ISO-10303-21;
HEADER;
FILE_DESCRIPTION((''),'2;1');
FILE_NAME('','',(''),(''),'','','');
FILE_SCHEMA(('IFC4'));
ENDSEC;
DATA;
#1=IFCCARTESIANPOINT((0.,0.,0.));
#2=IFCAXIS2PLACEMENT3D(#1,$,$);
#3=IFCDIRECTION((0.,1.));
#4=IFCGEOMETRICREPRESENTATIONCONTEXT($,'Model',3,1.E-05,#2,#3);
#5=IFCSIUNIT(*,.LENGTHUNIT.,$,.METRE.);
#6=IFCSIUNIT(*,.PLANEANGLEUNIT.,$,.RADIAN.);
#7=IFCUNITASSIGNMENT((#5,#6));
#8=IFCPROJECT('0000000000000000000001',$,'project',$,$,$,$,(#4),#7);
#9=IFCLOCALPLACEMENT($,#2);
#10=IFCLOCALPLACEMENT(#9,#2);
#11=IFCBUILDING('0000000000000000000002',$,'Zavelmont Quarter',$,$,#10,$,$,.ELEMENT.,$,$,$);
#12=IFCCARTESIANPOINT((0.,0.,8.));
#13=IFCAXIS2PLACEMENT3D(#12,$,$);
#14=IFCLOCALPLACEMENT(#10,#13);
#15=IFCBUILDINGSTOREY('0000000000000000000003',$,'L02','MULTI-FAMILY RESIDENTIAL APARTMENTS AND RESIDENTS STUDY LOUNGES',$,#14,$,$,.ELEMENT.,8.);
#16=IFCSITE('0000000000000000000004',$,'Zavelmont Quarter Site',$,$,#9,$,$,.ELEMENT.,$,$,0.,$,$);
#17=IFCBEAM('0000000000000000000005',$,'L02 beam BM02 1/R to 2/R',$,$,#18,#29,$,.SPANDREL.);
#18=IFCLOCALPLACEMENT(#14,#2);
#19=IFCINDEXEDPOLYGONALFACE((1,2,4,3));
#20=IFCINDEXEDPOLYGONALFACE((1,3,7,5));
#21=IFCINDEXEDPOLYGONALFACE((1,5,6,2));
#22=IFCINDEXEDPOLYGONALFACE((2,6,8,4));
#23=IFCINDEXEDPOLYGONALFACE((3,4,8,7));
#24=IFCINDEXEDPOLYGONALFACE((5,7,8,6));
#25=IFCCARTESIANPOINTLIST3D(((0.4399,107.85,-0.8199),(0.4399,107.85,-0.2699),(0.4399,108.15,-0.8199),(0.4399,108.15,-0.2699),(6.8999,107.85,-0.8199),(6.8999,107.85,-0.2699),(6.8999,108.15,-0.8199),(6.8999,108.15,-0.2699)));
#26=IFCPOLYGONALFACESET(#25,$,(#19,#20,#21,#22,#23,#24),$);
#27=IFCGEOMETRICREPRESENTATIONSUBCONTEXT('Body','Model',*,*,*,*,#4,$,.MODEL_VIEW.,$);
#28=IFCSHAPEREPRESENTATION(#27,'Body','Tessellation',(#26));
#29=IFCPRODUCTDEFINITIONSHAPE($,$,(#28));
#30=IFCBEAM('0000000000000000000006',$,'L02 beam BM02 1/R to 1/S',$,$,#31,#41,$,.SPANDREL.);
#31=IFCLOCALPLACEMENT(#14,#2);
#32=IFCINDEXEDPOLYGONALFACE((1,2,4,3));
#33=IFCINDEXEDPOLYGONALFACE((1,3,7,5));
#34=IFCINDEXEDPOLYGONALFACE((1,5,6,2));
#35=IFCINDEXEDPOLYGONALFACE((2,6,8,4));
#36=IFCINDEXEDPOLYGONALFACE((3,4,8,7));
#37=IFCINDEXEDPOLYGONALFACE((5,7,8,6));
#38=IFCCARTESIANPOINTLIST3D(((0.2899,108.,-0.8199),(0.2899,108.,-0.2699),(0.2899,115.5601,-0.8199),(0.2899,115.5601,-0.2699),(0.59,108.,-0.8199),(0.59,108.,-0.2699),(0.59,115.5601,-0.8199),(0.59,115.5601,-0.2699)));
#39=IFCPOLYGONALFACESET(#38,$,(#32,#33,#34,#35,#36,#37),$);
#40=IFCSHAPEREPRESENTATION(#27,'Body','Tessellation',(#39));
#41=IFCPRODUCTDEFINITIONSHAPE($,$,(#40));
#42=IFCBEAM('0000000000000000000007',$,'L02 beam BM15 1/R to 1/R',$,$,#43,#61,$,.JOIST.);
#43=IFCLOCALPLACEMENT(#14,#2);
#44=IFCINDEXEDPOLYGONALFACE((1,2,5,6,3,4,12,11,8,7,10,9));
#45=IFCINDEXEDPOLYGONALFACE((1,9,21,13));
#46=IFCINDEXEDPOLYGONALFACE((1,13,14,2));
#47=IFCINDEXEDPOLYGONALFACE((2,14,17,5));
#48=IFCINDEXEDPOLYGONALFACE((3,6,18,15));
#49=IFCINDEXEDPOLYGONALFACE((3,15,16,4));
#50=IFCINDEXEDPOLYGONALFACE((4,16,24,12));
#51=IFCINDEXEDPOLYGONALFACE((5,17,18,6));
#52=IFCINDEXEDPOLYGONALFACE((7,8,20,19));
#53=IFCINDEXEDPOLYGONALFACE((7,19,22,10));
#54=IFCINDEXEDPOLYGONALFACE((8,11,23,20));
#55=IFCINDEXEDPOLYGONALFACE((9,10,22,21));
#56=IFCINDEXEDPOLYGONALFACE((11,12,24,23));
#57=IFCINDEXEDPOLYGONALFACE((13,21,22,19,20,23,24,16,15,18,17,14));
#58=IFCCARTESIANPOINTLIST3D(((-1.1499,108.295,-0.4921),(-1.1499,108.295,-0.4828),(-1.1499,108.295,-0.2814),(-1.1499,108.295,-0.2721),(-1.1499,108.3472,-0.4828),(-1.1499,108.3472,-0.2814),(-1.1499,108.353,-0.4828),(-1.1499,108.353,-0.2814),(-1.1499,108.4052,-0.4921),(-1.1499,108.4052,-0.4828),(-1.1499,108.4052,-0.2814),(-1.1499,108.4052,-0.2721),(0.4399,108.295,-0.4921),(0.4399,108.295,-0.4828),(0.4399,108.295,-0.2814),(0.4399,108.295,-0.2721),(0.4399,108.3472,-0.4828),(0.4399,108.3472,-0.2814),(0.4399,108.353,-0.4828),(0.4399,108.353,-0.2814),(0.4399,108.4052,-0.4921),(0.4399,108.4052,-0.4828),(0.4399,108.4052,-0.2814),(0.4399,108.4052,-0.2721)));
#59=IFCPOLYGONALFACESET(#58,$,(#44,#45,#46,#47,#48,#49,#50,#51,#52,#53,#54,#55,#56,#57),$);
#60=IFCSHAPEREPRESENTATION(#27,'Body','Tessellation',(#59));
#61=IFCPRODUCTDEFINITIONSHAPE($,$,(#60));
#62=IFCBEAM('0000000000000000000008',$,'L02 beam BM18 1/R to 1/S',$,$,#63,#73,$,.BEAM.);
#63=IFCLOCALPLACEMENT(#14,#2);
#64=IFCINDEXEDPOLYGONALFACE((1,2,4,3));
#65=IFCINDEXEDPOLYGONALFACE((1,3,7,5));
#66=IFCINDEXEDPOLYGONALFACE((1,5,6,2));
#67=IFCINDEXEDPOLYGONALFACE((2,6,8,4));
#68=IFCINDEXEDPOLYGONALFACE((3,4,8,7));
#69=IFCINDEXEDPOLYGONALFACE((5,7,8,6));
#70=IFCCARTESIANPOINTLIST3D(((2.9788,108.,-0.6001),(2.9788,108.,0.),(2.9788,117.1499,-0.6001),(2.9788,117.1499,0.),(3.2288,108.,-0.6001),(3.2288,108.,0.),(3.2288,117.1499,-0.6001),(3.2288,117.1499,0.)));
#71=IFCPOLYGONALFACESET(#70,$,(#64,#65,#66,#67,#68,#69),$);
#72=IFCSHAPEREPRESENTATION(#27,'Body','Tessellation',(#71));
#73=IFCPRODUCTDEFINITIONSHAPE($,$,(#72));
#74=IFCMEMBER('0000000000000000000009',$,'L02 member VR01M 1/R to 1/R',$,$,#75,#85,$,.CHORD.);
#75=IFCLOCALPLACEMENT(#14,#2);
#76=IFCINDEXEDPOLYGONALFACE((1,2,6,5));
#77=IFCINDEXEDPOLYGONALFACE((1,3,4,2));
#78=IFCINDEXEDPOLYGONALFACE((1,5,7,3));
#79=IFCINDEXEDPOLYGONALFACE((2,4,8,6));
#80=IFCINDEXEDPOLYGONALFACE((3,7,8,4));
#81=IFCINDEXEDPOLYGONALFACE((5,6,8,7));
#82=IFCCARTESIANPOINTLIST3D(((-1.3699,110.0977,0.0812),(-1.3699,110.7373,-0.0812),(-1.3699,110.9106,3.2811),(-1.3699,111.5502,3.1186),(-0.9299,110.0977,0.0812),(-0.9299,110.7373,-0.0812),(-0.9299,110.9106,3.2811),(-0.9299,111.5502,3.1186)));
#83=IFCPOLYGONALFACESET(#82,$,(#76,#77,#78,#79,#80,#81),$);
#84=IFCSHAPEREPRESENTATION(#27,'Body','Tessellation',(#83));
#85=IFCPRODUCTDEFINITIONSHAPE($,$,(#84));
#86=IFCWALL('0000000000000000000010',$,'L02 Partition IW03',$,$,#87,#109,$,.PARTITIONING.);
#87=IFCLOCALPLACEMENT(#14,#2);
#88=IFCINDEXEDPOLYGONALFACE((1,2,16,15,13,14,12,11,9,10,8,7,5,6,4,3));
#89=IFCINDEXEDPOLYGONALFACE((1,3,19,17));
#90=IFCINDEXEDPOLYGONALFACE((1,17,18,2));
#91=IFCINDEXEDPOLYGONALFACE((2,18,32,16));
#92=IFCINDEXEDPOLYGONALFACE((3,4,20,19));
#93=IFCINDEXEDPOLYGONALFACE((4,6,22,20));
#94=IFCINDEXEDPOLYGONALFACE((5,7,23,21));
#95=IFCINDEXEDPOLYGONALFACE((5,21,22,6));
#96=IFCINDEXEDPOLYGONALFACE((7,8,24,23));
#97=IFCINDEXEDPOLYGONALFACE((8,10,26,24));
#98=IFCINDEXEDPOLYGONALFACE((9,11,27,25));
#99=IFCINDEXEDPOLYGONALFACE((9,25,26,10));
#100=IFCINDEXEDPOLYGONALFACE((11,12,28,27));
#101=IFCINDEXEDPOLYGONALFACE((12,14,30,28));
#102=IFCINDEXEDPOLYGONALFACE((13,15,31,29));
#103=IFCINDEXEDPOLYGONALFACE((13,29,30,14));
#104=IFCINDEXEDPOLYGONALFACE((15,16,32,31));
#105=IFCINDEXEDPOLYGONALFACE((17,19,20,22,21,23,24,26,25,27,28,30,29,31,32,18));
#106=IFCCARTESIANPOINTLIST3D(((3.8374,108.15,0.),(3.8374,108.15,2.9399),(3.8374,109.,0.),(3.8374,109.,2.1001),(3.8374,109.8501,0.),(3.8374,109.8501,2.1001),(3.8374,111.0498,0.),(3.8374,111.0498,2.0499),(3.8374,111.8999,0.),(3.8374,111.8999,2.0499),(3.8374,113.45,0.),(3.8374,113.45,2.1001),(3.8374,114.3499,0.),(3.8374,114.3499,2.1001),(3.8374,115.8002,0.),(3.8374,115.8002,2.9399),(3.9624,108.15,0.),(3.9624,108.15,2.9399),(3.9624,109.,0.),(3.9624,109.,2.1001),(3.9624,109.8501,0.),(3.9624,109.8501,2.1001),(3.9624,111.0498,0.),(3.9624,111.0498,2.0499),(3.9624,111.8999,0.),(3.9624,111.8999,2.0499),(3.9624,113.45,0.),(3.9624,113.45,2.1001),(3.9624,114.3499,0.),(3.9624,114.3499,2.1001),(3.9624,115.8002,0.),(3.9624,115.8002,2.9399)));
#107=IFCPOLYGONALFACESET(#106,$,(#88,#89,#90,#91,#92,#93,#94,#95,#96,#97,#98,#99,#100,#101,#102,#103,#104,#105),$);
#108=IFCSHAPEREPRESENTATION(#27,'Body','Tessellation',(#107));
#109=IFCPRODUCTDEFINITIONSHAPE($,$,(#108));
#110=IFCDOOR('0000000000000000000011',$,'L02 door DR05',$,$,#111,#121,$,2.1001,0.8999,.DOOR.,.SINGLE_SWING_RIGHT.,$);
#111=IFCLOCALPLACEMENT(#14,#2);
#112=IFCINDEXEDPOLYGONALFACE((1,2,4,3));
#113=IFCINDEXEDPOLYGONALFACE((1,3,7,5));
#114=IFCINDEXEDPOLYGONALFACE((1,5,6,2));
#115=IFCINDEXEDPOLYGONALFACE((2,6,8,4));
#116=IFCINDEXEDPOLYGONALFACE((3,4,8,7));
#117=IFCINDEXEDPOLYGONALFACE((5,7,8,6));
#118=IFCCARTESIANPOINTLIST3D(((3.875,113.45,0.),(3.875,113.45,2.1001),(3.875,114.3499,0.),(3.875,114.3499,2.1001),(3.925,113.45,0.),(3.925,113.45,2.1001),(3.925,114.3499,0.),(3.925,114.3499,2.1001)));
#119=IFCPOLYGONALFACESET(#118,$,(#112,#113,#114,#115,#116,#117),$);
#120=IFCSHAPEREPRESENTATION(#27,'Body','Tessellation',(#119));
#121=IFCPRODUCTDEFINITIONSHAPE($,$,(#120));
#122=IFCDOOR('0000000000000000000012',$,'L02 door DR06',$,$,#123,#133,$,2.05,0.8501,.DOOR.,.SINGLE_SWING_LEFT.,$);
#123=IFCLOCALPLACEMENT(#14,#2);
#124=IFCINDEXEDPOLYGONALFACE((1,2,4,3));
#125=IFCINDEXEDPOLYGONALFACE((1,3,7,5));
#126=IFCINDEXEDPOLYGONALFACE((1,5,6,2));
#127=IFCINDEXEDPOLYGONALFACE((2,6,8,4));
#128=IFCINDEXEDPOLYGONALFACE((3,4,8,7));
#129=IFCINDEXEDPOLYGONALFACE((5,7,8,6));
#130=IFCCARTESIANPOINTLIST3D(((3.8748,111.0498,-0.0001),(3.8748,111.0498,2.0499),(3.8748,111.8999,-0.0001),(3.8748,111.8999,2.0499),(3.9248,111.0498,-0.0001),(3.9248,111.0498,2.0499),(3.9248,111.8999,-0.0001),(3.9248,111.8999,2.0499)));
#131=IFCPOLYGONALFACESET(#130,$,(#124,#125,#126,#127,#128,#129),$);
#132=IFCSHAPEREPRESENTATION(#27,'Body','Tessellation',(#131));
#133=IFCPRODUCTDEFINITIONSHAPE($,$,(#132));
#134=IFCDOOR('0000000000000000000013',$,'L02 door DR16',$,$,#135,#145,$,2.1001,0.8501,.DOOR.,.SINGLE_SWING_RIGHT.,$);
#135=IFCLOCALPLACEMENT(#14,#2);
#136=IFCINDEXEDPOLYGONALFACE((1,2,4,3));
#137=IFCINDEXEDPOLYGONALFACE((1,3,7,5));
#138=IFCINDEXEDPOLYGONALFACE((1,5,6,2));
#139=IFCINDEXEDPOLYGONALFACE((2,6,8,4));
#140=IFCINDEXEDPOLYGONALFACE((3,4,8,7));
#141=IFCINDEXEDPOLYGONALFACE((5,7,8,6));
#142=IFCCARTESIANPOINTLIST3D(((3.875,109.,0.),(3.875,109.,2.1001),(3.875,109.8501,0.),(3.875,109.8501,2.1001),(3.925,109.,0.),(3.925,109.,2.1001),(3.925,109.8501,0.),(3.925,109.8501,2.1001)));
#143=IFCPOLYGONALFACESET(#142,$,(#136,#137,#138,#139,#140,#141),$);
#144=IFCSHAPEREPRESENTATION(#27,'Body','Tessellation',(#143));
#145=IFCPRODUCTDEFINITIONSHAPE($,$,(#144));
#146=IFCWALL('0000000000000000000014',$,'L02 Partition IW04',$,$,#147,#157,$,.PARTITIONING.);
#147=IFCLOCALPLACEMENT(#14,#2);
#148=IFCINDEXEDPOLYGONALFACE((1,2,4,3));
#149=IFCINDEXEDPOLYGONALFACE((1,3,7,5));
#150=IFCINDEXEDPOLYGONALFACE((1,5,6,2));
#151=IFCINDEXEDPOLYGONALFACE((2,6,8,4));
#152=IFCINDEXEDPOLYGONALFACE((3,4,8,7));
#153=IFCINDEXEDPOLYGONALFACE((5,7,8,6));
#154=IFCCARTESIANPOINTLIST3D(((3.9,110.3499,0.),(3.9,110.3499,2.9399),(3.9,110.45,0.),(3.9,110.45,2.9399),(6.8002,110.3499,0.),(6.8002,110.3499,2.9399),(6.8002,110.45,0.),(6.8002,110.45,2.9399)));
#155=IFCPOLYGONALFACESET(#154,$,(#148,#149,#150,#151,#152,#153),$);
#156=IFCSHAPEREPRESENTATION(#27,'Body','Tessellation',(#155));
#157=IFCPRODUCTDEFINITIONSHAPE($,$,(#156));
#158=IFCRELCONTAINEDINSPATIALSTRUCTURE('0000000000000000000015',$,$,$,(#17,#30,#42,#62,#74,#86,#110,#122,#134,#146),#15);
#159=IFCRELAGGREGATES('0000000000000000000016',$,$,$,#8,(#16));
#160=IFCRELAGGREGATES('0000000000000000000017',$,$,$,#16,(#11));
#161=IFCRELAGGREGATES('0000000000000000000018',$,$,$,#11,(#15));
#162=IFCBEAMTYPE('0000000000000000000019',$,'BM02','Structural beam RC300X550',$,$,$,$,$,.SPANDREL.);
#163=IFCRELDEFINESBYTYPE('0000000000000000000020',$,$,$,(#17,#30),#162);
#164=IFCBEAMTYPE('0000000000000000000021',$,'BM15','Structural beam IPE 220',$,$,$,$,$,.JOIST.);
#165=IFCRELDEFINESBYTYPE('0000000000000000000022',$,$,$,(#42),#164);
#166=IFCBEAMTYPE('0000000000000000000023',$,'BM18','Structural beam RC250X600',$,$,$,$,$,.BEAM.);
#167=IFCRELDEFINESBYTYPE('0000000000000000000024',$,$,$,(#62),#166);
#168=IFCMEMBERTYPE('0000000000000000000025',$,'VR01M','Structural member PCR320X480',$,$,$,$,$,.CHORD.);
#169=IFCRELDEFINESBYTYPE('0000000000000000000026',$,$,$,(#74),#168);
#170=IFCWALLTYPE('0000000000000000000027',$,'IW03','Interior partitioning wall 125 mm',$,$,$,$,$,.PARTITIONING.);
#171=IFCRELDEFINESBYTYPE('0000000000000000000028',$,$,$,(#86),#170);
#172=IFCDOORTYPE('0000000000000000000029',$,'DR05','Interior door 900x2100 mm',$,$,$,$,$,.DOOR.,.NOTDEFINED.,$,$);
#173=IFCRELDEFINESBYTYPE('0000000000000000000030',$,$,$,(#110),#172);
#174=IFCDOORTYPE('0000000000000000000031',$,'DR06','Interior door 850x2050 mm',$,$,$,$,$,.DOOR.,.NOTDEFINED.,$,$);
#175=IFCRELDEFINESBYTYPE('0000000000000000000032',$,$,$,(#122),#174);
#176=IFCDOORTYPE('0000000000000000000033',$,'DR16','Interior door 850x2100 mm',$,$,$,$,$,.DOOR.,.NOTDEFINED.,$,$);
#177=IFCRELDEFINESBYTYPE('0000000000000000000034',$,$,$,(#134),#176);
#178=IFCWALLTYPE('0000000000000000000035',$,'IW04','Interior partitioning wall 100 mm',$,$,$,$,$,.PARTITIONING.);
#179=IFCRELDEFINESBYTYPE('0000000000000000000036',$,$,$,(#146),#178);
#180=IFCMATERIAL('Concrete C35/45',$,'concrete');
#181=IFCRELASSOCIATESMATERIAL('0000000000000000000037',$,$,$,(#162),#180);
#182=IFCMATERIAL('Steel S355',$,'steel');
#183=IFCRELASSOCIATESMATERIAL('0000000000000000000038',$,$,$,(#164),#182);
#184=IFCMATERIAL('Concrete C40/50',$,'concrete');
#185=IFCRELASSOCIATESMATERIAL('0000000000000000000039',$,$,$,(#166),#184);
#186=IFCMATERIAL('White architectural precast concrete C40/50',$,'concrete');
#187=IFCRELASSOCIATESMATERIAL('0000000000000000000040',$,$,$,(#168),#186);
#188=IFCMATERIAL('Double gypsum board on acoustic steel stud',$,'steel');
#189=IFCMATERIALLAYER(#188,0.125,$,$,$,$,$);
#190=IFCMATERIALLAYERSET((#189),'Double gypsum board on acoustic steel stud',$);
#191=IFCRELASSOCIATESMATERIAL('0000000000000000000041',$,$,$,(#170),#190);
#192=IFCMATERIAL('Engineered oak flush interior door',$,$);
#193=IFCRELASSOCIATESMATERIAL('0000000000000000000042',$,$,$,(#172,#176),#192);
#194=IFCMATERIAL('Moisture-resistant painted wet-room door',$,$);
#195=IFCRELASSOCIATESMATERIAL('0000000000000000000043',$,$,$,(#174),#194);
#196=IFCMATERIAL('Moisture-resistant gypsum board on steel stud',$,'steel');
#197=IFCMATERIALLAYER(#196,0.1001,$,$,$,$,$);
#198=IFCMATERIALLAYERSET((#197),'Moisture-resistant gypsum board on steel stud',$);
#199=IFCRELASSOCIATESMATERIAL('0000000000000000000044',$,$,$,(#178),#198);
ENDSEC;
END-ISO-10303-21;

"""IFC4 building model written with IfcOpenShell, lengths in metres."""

from ifc_helpers import new_model, si_unit, direction, frame, frame_2d, origin, origin_with_axes, origin_2d, place, context, subcontext, project, spatial, rectangle, i_section, extrude, material, layer, layer_set, material_profile, profile_set, type_object, element, fill, save


model = new_model("IFC4")

# Units and contexts
model_context = context("Model", 3, precision=1e-05, world=origin(), true_north=direction((0.0, 1.0)))
body_context = subcontext(model_context, "Body", "Model", "MODEL_VIEW")
ifc_project = project(units=[si_unit("LENGTHUNIT", "METRE"), si_unit("PLANEANGLEUNIT", "RADIAN")], contexts=[model_context])

# Site, building, storey
site_placement = place(None, origin())
site = spatial("IfcSite", under=ifc_project, at=site_placement, Name="Zavelmont Quarter Site", CompositionType="ELEMENT", RefElevation=0.0)
building_placement = place(site_placement, origin())
building = spatial("IfcBuilding", under=site, at=building_placement, Name="Zavelmont Quarter", CompositionType="ELEMENT")
storey_placement = place(building_placement, frame((0.0, 0.0, 8.0)))
storey = spatial("IfcBuildingStorey", under=building, at=storey_placement, Name="L02", Description="MULTI-FAMILY RESIDENTIAL APARTMENTS AND RESIDENTS STUDY LOUNGES", CompositionType="ELEMENT", Elevation=8.0)

# Beams
ifc_material_1 = material(Name="Concrete C35/45", Category="concrete")
ifc_material_profile_1 = material_profile(ifc_material_1, rectangle(XDim=0.3, YDim=0.55, at=origin_2d()), Name="RC300X550")
ifc_profile_set_1 = profile_set([ifc_material_profile_1], Name="Concrete C35/45")
beam_type_1 = type_object("IfcBeamType", Name="BM02", Description="Structural beam RC300X550", PredefinedType="SPANDREL", material=ifc_profile_set_1)
beam_1_placement = place(storey_placement, frame((0.4399, 108.0, -0.5449), z_axis=(1.0, 0.0, 0.0), x_axis=(0.0, 1.0, 0.0)))
element("IfcBeam", 1, at=beam_1_placement, inside=storey, type_object=beam_type_1, Name="L02 beam BM02 1/R to 2/R", PredefinedType="SPANDREL", context=body_context, shape_type="SweptSolid", body=[
    extrude(rectangle(XDim=0.3, YDim=0.55, at=origin_2d()), origin(), (0.0, 0.0, 1.0), 6.46),
])
beam_2_placement = place(storey_placement, frame((0.4399, 108.0, -0.5449), z_axis=(0.0, 1.0, 0.0), x_axis=(-1.0, 0.0, 0.0)))
element("IfcBeam", 2, at=beam_2_placement, inside=storey, type_object=beam_type_1, Name="L02 beam BM02 1/R to 1/S", PredefinedType="SPANDREL", context=body_context, shape_type="SweptSolid", body=[
    extrude(rectangle(XDim=0.3, YDim=0.55, at=origin_2d()), origin(), (0.0, 0.0, 1.0), 7.5601),
])
ifc_material_2 = material(Name="Steel S355", Category="steel")
ifc_material_profile_2 = material_profile(ifc_material_2, i_section(OverallWidth=0.1101, OverallDepth=0.22, WebThickness=0.0059, FlangeThickness=0.0093, at=origin_2d()), Name="IPE 220")
ifc_profile_set_2 = profile_set([ifc_material_profile_2], Name="Steel S355")
beam_type_2 = type_object("IfcBeamType", Name="BM15", Description="Structural beam IPE 220", PredefinedType="JOIST", material=ifc_profile_set_2)
beam_3_placement = place(storey_placement, frame((0.4399, 108.3501, -0.3821), z_axis=(-1.0, 0.0, 0.0), x_axis=(0.0, -1.0, 0.0)))
element("IfcBeam", 3, at=beam_3_placement, inside=storey, type_object=beam_type_2, Name="L02 beam BM15 1/R to 1/R", PredefinedType="JOIST", context=body_context, shape_type="SweptSolid", body=[
    extrude(i_section(OverallWidth=0.1101, OverallDepth=0.22, WebThickness=0.0059, FlangeThickness=0.0093, at=origin_2d()), origin(), (0.0, 0.0, 1.0), 1.5898),
])
ifc_material_3 = material(Name="Concrete C40/50", Category="concrete")
ifc_material_profile_3 = material_profile(ifc_material_3, rectangle(XDim=0.25, YDim=0.6001, at=origin_2d()), Name="RC250X600")
ifc_profile_set_3 = profile_set([ifc_material_profile_3], Name="Concrete C40/50")
beam_type_3 = type_object("IfcBeamType", Name="BM18", Description="Structural beam RC250X600", PredefinedType="BEAM", material=ifc_profile_set_3)
beam_4_placement = place(storey_placement, frame((3.1038, 108.0, -0.3), z_axis=(0.0, 1.0, 0.0), x_axis=(-1.0, 0.0, 0.0)))
element("IfcBeam", 4, at=beam_4_placement, inside=storey, type_object=beam_type_3, Name="L02 beam BM18 1/R to 1/S", PredefinedType="BEAM", context=body_context, shape_type="SweptSolid", body=[
    extrude(rectangle(XDim=0.25, YDim=0.6001, at=origin_2d()), origin(), (0.0, 0.0, 1.0), 9.1499),
])

# Member
ifc_material_4 = material(Name="White architectural precast concrete C40/50", Category="concrete")
ifc_material_profile_4 = material_profile(ifc_material_4, rectangle(XDim=0.4399, YDim=0.6599, at=origin_2d()), Name="PCR320X480")
ifc_profile_set_4 = profile_set([ifc_material_profile_4], Name="White architectural precast concrete C40/50")
member_type = type_object("IfcMemberType", Name="VR01M", Description="Structural member PCR320X480", PredefinedType="CHORD", material=ifc_profile_set_4)
member_placement = place(storey_placement, frame((-1.1499, 110.4175, 0.0), z_axis=(0.0, 0.24624, 0.969209), x_axis=(-1.0, 0.0, 0.0)))
element("IfcMember", 5, at=member_placement, inside=storey, type_object=member_type, Name="L02 member VR01M 1/R to 1/R", PredefinedType="CHORD", context=body_context, shape_type="SweptSolid", body=[
    extrude(rectangle(XDim=0.4399, YDim=0.6599, at=origin_2d()), origin(), (0.0, 0.0, 1.0), 3.3015),
])

# Wall, openings, doors
ifc_material_5 = material(Name="Double gypsum board on acoustic steel stud", Category="steel")
ifc_layer_1 = layer(ifc_material_5, 0.125)
ifc_layer_set_1 = layer_set([ifc_layer_1], Name="Double gypsum board on acoustic steel stud")
wall_type_1 = type_object("IfcWallType", Name="IW03", Description="Interior partitioning wall 125 mm", PredefinedType="PARTITIONING", material=ifc_layer_set_1)
wall_1_placement = place(storey_placement, frame((3.8999, 108.1499, 0.0), z_axis=(0.0, 0.0, 1.0), x_axis=(0.0, 1.0, 0.0)))
wall_1 = element("IfcWall", 6, at=wall_1_placement, inside=storey, type_object=wall_type_1, Name="L02 Partition IW03", PredefinedType="PARTITIONING", context=body_context, shape_type="SweptSolid", body=[
    extrude(rectangle(XDim=7.6501, YDim=0.125, at=frame_2d((3.8252, 0.0))), origin(), (0.0, 0.0, 1.0), 2.9399),
])
opening_1_placement = place(wall_1_placement, frame((0.8501, 0.0, 0.0)))
opening_1 = element("IfcOpeningElement", 7, at=opening_1_placement, cuts=wall_1, PredefinedType="OPENING", context=body_context, shape_type="SweptSolid", body=[
    extrude(rectangle(XDim=0.8501, YDim=2.1001, at=frame_2d((0.425, 1.05))), frame((0.0, 0.0745, 0.0), z_axis=(0.0, -1.0, 0.0), x_axis=(1.0, 0.0, 0.0)), (0.0, 0.0, 1.0), 0.1489),
])
opening_2_placement = place(wall_1_placement, frame((2.8999, 0.0, 0.0)))
opening_2 = element("IfcOpeningElement", 8, at=opening_2_placement, cuts=wall_1, PredefinedType="OPENING", context=body_context, shape_type="SweptSolid", body=[
    extrude(rectangle(XDim=0.8501, YDim=2.05, at=frame_2d((0.425, 1.0249))), frame((0.0, 0.0745, 0.0), z_axis=(0.0, -1.0, 0.0), x_axis=(1.0, 0.0, 0.0)), (0.0, 0.0, 1.0), 0.1489),
])
opening_3_placement = place(wall_1_placement, frame((5.3, 0.0, 0.0)))
opening_3 = element("IfcOpeningElement", 9, at=opening_3_placement, cuts=wall_1, PredefinedType="OPENING", context=body_context, shape_type="SweptSolid", body=[
    extrude(rectangle(XDim=0.8999, YDim=2.1001, at=frame_2d((0.45, 1.05))), frame((0.0, 0.0745, 0.0), z_axis=(0.0, -1.0, 0.0), x_axis=(1.0, 0.0, 0.0)), (0.0, 0.0, 1.0), 0.1489),
])
ifc_material_6 = material(Name="Engineered oak flush interior door")
door_type_1 = type_object("IfcDoorType", Name="DR05", Description="Interior door 900x2100 mm", OperationType="NOTDEFINED", PredefinedType="DOOR", material=ifc_material_6)
door_1_placement = place(opening_3_placement, origin_with_axes())
door_1 = element("IfcDoor", 10, at=door_1_placement, inside=storey, type_object=door_type_1, Name="L02 door DR05", OperationType="SINGLE_SWING_RIGHT", OverallHeight=2.1001, OverallWidth=0.8999, PredefinedType="DOOR", context=body_context, shape_type="SweptSolid", body=[
    extrude(rectangle(XDim=0.8999, YDim=2.1001, at=frame_2d((0.45, 1.05))), frame((0.0, 0.0249, 0.0), z_axis=(0.0, -1.0, 0.0), x_axis=(1.0, 0.0, 0.0)), (0.0, 0.0, 1.0), 0.05),
])
fill(opening_3, door_1)
ifc_material_7 = material(Name="Moisture-resistant painted wet-room door")
door_type_2 = type_object("IfcDoorType", Name="DR06", Description="Interior door 850x2050 mm", OperationType="NOTDEFINED", PredefinedType="DOOR", material=ifc_material_7)
door_2_placement = place(opening_2_placement, frame((0.8501, 0.0, 0.0), z_axis=(0.0, 0.0, 1.0), x_axis=(-1.0, 0.0, 0.0)))
door_2 = element("IfcDoor", 11, at=door_2_placement, inside=storey, type_object=door_type_2, Name="L02 door DR06", OperationType="SINGLE_SWING_LEFT", OverallHeight=2.05, OverallWidth=0.8501, PredefinedType="DOOR", context=body_context, shape_type="SweptSolid", body=[
    extrude(rectangle(XDim=0.8501, YDim=2.05, at=frame_2d((0.425, 1.0249))), frame((0.0, 0.0249, 0.0), z_axis=(0.0, -1.0, 0.0), x_axis=(1.0, 0.0, 0.0)), (0.0, 0.0, 1.0), 0.05),
])
fill(opening_2, door_2)
door_type_3 = type_object("IfcDoorType", Name="DR16", Description="Interior door 850x2100 mm", OperationType="NOTDEFINED", PredefinedType="DOOR", material=ifc_material_6)
door_3_placement = place(opening_1_placement, origin_with_axes())
door_3 = element("IfcDoor", 12, at=door_3_placement, inside=storey, type_object=door_type_3, Name="L02 door DR16", OperationType="SINGLE_SWING_RIGHT", OverallHeight=2.1001, OverallWidth=0.8501, PredefinedType="DOOR", context=body_context, shape_type="SweptSolid", body=[
    extrude(rectangle(XDim=0.8501, YDim=2.1001, at=frame_2d((0.425, 1.05))), frame((0.0, 0.0249, 0.0), z_axis=(0.0, -1.0, 0.0), x_axis=(1.0, 0.0, 0.0)), (0.0, 0.0, 1.0), 0.05),
])
fill(opening_1, door_3)

# Wall
ifc_material_8 = material(Name="Moisture-resistant gypsum board on steel stud", Category="steel")
ifc_layer_2 = layer(ifc_material_8, 0.1001)
ifc_layer_set_2 = layer_set([ifc_layer_2], Name="Moisture-resistant gypsum board on steel stud")
wall_type_2 = type_object("IfcWallType", Name="IW04", Description="Interior partitioning wall 100 mm", PredefinedType="PARTITIONING", material=ifc_layer_set_2)
wall_2_placement = place(storey_placement, frame((3.8999, 110.3999, 0.0), z_axis=(0.0, 0.0, 1.0), x_axis=(1.0, 0.0, 0.0)))
element("IfcWall", 13, at=wall_2_placement, inside=storey, type_object=wall_type_2, Name="L02 Partition IW04", PredefinedType="PARTITIONING", context=body_context, shape_type="SweptSolid", body=[
    extrude(rectangle(XDim=2.9001, YDim=0.1001, at=frame_2d((1.4502, 0.0))), origin(), (0.0, 0.0, 1.0), 2.9399),
])

save(model, "model.ifc")
